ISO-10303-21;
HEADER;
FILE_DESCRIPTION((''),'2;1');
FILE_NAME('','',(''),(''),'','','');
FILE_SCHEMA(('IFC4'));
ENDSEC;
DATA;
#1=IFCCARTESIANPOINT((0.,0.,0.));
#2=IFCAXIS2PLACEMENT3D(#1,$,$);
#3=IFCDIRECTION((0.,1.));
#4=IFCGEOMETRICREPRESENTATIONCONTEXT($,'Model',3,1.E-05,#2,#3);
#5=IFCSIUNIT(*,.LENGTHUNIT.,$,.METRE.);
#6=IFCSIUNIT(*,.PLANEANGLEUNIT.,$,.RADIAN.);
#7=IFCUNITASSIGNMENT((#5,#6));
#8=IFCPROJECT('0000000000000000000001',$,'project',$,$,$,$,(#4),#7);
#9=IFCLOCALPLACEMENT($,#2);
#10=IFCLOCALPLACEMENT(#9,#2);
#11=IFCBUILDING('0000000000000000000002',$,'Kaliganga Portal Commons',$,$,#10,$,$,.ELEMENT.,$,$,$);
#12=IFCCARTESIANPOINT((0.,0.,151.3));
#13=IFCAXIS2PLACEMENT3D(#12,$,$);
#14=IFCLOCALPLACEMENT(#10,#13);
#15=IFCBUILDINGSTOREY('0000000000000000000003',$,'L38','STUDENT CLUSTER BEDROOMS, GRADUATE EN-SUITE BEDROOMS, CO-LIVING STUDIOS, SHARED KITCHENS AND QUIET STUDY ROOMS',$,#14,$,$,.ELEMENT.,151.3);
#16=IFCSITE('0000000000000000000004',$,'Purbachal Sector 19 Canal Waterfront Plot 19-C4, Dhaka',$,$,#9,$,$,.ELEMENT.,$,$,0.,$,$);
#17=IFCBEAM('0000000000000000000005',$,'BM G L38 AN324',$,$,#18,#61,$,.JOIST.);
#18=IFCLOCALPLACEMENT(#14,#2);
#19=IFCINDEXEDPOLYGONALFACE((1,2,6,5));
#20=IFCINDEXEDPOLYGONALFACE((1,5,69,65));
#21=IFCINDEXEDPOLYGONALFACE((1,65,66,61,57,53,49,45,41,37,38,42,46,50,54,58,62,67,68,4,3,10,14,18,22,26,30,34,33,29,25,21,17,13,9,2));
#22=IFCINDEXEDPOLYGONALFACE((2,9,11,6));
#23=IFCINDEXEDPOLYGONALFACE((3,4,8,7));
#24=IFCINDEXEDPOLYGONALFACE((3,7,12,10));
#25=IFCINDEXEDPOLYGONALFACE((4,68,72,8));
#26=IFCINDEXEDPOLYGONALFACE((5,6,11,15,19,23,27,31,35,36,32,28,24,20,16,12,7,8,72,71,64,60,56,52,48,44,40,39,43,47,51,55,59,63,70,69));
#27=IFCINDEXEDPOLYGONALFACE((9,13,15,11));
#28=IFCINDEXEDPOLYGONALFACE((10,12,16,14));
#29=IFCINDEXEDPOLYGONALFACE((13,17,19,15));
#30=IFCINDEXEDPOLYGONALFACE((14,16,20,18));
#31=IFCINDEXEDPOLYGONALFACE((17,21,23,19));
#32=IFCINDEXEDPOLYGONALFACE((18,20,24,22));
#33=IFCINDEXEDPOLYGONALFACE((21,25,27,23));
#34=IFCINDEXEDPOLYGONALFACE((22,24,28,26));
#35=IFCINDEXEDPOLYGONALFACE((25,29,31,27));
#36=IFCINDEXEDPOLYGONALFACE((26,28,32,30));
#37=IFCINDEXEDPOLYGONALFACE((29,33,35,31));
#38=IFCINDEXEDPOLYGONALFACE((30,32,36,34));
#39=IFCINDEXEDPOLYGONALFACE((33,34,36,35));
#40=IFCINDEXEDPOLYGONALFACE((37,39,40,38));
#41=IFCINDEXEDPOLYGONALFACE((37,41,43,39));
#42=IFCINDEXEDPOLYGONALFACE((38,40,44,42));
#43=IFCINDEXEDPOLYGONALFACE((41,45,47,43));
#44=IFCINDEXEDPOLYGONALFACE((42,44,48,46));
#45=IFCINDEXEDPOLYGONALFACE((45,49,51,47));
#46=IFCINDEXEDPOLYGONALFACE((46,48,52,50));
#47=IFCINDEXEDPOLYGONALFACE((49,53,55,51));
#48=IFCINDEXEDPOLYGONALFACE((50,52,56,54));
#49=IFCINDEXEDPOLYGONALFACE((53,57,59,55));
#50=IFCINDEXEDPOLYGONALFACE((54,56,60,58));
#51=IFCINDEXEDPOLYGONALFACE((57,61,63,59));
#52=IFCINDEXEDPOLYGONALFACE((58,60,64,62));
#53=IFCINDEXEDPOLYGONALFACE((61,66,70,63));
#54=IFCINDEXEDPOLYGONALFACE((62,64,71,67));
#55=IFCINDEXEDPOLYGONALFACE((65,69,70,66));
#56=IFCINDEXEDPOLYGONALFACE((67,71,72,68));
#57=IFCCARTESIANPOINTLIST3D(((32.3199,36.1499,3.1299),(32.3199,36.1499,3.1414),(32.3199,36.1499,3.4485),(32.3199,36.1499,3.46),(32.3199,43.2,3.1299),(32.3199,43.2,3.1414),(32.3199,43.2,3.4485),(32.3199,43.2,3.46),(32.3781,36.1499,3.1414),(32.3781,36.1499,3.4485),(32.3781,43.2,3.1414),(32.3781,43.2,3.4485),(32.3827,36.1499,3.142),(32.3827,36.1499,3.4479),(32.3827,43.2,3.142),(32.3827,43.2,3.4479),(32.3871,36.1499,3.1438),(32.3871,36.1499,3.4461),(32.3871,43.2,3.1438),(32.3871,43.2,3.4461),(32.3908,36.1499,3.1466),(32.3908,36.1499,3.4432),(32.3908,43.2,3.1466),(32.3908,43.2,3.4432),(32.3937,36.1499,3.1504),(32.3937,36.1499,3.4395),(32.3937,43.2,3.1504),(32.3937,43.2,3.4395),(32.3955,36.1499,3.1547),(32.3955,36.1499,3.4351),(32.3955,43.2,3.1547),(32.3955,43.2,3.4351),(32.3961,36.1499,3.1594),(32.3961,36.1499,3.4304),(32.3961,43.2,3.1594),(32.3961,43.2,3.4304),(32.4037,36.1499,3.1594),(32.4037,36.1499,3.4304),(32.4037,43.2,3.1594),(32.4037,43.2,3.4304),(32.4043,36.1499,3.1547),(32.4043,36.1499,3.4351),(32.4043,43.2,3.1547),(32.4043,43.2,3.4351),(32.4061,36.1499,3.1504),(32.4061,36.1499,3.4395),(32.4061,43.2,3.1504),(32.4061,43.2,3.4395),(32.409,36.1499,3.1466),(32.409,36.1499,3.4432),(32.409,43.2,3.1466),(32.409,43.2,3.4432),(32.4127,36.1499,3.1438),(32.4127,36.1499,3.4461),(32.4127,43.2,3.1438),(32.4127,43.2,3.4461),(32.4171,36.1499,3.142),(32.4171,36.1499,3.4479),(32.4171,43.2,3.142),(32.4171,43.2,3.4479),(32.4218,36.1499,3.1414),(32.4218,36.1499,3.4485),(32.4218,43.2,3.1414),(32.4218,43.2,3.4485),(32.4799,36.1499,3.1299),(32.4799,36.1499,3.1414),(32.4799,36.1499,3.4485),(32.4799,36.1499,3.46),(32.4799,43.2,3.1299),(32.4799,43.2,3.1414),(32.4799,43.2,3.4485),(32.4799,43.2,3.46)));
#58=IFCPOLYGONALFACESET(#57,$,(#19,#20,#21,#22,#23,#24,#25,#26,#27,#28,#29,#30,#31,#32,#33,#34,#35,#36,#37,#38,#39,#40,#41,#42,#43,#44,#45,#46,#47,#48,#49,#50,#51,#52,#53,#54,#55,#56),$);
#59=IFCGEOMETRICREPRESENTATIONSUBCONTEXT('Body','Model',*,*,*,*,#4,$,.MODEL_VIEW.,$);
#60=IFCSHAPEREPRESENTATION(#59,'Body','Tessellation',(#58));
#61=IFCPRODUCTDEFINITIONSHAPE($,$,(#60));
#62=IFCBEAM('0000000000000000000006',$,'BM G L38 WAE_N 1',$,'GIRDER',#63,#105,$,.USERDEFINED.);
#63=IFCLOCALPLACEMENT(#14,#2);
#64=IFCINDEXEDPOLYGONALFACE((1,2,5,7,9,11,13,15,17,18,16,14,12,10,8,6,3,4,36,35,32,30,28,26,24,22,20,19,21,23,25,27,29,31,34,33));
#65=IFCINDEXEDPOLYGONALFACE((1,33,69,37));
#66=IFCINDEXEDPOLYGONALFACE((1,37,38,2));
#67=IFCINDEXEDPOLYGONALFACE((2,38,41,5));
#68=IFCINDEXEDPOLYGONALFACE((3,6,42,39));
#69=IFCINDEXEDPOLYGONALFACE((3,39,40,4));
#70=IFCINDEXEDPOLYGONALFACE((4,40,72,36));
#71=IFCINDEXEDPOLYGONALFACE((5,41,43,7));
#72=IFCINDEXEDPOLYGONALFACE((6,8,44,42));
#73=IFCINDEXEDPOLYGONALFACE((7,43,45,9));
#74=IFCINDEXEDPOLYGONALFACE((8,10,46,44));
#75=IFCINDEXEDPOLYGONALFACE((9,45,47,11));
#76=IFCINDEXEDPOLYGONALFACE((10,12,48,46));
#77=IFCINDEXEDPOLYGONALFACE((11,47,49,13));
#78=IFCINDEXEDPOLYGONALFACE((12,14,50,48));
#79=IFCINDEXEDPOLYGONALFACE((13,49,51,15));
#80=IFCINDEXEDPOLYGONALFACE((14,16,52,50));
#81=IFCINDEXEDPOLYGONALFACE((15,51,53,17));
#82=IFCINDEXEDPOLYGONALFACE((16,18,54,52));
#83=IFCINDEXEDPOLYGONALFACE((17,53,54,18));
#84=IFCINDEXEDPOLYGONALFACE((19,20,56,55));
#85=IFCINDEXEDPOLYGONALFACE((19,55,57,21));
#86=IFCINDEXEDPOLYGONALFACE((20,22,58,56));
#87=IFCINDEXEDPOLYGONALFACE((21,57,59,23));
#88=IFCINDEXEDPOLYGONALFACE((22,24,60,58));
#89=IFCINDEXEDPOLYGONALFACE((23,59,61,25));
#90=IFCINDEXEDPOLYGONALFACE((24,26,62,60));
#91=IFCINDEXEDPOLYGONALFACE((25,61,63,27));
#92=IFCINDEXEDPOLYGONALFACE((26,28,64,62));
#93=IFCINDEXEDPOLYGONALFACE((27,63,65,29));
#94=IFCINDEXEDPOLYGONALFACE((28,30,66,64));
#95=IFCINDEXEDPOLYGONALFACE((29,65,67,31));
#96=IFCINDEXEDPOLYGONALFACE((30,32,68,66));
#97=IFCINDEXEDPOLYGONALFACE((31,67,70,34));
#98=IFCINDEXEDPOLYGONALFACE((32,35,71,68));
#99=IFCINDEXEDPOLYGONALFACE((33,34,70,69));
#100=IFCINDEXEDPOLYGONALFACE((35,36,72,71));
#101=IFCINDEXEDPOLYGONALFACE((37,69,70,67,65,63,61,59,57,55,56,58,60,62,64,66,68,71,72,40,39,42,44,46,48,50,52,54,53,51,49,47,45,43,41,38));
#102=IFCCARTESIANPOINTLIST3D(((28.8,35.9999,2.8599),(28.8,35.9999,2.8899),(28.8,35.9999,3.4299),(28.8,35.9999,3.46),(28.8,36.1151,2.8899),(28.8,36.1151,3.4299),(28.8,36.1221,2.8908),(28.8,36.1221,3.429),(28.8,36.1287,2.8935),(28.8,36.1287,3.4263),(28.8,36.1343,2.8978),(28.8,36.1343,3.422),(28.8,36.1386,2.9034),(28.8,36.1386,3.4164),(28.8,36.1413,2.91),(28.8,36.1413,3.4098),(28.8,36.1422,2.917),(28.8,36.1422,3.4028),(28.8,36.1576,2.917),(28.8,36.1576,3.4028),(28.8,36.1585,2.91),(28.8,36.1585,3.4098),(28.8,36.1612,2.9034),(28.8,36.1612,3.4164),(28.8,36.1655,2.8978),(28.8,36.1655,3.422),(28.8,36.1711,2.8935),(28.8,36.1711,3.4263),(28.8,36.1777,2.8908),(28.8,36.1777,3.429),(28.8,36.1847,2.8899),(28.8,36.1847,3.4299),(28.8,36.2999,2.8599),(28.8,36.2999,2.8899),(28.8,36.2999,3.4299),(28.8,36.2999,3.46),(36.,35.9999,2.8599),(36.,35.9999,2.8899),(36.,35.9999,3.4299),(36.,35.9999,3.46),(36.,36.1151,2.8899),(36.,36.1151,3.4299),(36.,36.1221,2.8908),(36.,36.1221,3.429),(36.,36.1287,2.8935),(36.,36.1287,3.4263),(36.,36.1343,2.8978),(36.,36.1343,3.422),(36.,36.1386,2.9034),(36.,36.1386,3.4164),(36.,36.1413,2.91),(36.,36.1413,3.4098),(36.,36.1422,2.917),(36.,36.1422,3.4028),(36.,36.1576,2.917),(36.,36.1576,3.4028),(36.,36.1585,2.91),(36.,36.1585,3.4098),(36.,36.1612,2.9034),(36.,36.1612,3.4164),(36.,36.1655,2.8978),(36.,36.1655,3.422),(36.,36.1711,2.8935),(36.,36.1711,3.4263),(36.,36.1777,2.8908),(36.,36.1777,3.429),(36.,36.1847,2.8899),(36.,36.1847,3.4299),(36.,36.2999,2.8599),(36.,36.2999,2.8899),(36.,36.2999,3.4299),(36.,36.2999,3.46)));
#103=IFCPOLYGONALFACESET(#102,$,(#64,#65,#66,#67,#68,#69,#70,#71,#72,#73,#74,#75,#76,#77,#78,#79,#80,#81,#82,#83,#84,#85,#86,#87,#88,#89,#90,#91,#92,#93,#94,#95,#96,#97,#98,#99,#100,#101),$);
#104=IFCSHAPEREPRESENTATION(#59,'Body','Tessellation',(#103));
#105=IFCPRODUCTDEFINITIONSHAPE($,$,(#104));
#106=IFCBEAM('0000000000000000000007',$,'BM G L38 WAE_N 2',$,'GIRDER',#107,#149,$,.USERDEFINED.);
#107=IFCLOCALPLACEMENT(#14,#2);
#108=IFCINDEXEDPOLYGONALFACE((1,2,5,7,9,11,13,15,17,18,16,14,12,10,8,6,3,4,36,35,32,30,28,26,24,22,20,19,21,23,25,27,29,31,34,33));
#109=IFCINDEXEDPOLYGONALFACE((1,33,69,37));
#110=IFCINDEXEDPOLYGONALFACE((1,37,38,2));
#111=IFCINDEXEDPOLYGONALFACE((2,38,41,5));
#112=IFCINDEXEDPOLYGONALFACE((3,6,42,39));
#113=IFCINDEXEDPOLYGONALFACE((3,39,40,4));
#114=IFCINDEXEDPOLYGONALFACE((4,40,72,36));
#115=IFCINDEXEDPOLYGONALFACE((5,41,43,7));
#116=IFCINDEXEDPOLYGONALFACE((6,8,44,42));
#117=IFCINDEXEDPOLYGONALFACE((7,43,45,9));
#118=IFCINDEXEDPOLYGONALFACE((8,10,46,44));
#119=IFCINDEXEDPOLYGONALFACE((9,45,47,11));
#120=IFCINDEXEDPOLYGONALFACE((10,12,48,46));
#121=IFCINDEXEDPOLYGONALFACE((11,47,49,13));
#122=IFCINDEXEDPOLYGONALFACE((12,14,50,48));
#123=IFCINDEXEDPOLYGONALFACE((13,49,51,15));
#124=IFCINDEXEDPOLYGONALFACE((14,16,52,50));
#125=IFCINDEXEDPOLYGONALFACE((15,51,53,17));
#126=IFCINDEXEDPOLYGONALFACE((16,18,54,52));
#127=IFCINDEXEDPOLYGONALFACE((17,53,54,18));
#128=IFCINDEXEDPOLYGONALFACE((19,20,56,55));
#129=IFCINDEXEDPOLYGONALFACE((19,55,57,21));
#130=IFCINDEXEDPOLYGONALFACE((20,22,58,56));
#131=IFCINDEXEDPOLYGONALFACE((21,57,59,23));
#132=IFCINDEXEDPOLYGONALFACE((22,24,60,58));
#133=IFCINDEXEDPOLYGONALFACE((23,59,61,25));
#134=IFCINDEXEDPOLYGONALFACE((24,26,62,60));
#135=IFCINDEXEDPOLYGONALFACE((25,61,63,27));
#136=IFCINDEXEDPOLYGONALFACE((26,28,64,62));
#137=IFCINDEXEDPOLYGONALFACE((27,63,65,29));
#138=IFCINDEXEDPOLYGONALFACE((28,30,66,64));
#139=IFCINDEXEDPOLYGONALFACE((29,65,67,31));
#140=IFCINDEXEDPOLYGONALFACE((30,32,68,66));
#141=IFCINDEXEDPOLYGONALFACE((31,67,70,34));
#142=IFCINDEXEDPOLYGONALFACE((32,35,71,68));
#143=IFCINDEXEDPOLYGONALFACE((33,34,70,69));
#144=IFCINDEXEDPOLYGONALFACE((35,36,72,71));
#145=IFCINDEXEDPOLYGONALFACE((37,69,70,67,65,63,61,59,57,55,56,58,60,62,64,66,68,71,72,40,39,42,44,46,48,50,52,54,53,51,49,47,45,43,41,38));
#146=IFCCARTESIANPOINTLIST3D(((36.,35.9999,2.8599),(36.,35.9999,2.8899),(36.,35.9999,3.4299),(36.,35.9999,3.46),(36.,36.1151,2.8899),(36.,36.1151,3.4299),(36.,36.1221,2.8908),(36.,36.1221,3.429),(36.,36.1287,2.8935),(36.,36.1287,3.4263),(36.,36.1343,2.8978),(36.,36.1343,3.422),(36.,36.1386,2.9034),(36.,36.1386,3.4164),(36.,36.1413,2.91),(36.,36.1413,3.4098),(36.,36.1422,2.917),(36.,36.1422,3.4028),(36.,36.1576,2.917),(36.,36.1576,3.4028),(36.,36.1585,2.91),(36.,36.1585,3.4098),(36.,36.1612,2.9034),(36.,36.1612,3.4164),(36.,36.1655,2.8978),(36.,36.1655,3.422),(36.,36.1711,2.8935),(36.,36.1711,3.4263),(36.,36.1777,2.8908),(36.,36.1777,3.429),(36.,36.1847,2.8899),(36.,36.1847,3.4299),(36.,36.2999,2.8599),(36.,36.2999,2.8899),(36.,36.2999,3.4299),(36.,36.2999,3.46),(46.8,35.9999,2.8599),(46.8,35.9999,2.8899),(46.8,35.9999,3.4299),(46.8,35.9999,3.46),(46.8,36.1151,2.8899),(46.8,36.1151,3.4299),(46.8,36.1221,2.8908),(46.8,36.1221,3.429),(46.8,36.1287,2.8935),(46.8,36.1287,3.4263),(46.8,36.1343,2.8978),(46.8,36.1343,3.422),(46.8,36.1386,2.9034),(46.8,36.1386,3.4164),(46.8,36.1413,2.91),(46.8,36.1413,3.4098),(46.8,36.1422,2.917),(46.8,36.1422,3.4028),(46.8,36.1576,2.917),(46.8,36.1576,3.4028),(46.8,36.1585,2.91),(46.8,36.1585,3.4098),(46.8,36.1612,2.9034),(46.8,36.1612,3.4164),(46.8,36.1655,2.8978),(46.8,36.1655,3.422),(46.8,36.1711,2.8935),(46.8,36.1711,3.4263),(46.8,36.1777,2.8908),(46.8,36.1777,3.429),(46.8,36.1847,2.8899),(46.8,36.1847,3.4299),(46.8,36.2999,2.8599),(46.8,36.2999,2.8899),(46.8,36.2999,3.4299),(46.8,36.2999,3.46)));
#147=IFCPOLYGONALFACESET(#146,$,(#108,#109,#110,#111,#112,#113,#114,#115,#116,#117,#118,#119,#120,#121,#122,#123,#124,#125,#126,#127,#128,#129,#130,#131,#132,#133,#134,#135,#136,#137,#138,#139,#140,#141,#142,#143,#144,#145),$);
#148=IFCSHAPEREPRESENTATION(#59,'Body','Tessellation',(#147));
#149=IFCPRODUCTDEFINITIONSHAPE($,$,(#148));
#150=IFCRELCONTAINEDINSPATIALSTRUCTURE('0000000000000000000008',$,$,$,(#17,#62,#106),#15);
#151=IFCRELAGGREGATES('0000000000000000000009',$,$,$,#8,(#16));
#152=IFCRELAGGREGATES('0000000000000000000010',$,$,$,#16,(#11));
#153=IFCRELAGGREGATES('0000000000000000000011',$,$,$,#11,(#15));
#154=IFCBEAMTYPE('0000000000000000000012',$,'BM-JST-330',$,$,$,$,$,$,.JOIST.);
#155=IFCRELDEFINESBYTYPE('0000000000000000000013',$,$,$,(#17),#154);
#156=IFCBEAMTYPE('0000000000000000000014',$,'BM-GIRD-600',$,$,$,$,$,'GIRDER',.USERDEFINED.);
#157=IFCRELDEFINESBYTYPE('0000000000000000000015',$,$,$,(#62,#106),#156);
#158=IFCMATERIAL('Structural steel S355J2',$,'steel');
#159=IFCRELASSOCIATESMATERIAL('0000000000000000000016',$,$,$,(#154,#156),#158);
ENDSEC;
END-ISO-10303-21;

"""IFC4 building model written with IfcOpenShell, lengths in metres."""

from ifc_helpers import new_model, si_unit, direction, frame, origin, origin_2d, place, context, subcontext, project, spatial, i_section, extrude, source, transform, mapped, material, material_profile, profile_set, type_object, element, save


model = new_model("IFC4")

# Units and contexts
model_context = context("Model", 3, precision=1e-05, world=origin(), true_north=direction((0.0, 1.0)))
body_context = subcontext(model_context, "Body", "Model", "MODEL_VIEW")
ifc_project = project(units=[si_unit("LENGTHUNIT", "METRE"), si_unit("PLANEANGLEUNIT", "RADIAN")], contexts=[model_context])

# Site, building, storey
site_placement = place(None, origin())
site = spatial("IfcSite", under=ifc_project, at=site_placement, Name="Purbachal Sector 19 Canal Waterfront Plot 19-C4, Dhaka", CompositionType="ELEMENT", RefElevation=0.0)
building_placement = place(site_placement, origin())
building = spatial("IfcBuilding", under=site, at=building_placement, Name="Kaliganga Portal Commons", CompositionType="ELEMENT")
storey_placement = place(building_placement, frame((0.0, 0.0, 151.3)))
storey = spatial("IfcBuildingStorey", under=building, at=storey_placement, Name="L38", Description="STUDENT CLUSTER BEDROOMS, GRADUATE EN-SUITE BEDROOMS, CO-LIVING STUDIOS, SHARED KITCHENS AND QUIET STUDY ROOMS", CompositionType="ELEMENT", Elevation=151.3)

# Beams
ifc_material_1 = material(Name="Structural steel S355J2", Category="steel")
ifc_material_profile_1 = material_profile(ifc_material_1, i_section(OverallWidth=0.1599, OverallDepth=0.3301, WebThickness=0.0076, FlangeThickness=0.0115, FilletRadius=0.0181, at=origin_2d()), Name="IPE 330")
ifc_profile_set_1 = profile_set([ifc_material_profile_1], Name="Structural steel S355J2 wide-flange")
beam_type_1 = type_object("IfcBeamType", Name="BM-JST-330", PredefinedType="JOIST", material=ifc_profile_set_1)
shared_shape_1 = source(origin(), body_context, "Body", "SweptSolid", [
    extrude(i_section(OverallWidth=0.1599, OverallDepth=0.3301, WebThickness=0.0076, FlangeThickness=0.0115, FilletRadius=0.0181, at=origin_2d()), origin(), (0.0, 0.0, 1.0), 7.05),
])
beam_1_placement = place(storey_placement, frame((32.3999, 36.1499, 3.2949), z_axis=(0.0, 1.0, 0.0), x_axis=(-1.0, 0.0, 0.0)))
element("IfcBeam", 1, at=beam_1_placement, inside=storey, type_object=beam_type_1, Name="BM G L38 AN324", PredefinedType="JOIST", context=body_context, shape_type="MappedRepresentation", body=[
    mapped(shared_shape_1, transform((0.0, 0.0, 0.0), x_axis=(1.0, 0.0, 0.0), y_axis=(0.0, 1.0, 0.0), z_axis=(0.0, 0.0, 1.0), scale=1.0)),
])
ifc_material_profile_2 = material_profile(ifc_material_1, i_section(OverallWidth=0.3, OverallDepth=0.6001, WebThickness=0.0154, FlangeThickness=0.03, FilletRadius=0.0271, at=origin_2d()), Name="HE 600 B")
ifc_profile_set_2 = profile_set([ifc_material_profile_2], Name="Structural steel S355J2 wide-flange")
beam_type_2 = type_object("IfcBeamType", Name="BM-GIRD-600", ElementType="GIRDER", PredefinedType="USERDEFINED", material=ifc_profile_set_2)
shared_shape_2 = source(origin(), body_context, "Body", "SweptSolid", [
    extrude(i_section(OverallWidth=0.3, OverallDepth=0.6001, WebThickness=0.0154, FlangeThickness=0.03, FilletRadius=0.0271, at=origin_2d()), origin(), (0.0, 0.0, 1.0), 7.2),
])
beam_2_placement = place(storey_placement, frame((28.8, 36.1499, 3.1599), z_axis=(1.0, 0.0, 0.0), x_axis=(0.0, 1.0, 0.0)))
element("IfcBeam", 2, at=beam_2_placement, inside=storey, type_object=beam_type_2, Name="BM G L38 WAE_N 1", ObjectType="GIRDER", PredefinedType="USERDEFINED", context=body_context, shape_type="MappedRepresentation", body=[
    mapped(shared_shape_2, transform((0.0, 0.0, 0.0), x_axis=(1.0, 0.0, 0.0), y_axis=(0.0, 1.0, 0.0), z_axis=(0.0, 0.0, 1.0), scale=1.0)),
])
shared_shape_3 = source(origin(), body_context, "Body", "SweptSolid", [
    extrude(i_section(OverallWidth=0.3, OverallDepth=0.6001, WebThickness=0.0154, FlangeThickness=0.03, FilletRadius=0.0271, at=origin_2d()), origin(), (0.0, 0.0, 1.0), 10.8),
])
beam_3_placement = place(storey_placement, frame((36.0, 36.1499, 3.1599), z_axis=(1.0, 0.0, 0.0), x_axis=(0.0, 1.0, 0.0)))
element("IfcBeam", 3, at=beam_3_placement, inside=storey, type_object=beam_type_2, Name="BM G L38 WAE_N 2", ObjectType="GIRDER", PredefinedType="USERDEFINED", context=body_context, shape_type="MappedRepresentation", body=[
    mapped(shared_shape_3, transform((0.0, 0.0, 0.0), x_axis=(1.0, 0.0, 0.0), y_axis=(0.0, 1.0, 0.0), z_axis=(0.0, 0.0, 1.0), scale=1.0)),
])

save(model, "model.ifc")
